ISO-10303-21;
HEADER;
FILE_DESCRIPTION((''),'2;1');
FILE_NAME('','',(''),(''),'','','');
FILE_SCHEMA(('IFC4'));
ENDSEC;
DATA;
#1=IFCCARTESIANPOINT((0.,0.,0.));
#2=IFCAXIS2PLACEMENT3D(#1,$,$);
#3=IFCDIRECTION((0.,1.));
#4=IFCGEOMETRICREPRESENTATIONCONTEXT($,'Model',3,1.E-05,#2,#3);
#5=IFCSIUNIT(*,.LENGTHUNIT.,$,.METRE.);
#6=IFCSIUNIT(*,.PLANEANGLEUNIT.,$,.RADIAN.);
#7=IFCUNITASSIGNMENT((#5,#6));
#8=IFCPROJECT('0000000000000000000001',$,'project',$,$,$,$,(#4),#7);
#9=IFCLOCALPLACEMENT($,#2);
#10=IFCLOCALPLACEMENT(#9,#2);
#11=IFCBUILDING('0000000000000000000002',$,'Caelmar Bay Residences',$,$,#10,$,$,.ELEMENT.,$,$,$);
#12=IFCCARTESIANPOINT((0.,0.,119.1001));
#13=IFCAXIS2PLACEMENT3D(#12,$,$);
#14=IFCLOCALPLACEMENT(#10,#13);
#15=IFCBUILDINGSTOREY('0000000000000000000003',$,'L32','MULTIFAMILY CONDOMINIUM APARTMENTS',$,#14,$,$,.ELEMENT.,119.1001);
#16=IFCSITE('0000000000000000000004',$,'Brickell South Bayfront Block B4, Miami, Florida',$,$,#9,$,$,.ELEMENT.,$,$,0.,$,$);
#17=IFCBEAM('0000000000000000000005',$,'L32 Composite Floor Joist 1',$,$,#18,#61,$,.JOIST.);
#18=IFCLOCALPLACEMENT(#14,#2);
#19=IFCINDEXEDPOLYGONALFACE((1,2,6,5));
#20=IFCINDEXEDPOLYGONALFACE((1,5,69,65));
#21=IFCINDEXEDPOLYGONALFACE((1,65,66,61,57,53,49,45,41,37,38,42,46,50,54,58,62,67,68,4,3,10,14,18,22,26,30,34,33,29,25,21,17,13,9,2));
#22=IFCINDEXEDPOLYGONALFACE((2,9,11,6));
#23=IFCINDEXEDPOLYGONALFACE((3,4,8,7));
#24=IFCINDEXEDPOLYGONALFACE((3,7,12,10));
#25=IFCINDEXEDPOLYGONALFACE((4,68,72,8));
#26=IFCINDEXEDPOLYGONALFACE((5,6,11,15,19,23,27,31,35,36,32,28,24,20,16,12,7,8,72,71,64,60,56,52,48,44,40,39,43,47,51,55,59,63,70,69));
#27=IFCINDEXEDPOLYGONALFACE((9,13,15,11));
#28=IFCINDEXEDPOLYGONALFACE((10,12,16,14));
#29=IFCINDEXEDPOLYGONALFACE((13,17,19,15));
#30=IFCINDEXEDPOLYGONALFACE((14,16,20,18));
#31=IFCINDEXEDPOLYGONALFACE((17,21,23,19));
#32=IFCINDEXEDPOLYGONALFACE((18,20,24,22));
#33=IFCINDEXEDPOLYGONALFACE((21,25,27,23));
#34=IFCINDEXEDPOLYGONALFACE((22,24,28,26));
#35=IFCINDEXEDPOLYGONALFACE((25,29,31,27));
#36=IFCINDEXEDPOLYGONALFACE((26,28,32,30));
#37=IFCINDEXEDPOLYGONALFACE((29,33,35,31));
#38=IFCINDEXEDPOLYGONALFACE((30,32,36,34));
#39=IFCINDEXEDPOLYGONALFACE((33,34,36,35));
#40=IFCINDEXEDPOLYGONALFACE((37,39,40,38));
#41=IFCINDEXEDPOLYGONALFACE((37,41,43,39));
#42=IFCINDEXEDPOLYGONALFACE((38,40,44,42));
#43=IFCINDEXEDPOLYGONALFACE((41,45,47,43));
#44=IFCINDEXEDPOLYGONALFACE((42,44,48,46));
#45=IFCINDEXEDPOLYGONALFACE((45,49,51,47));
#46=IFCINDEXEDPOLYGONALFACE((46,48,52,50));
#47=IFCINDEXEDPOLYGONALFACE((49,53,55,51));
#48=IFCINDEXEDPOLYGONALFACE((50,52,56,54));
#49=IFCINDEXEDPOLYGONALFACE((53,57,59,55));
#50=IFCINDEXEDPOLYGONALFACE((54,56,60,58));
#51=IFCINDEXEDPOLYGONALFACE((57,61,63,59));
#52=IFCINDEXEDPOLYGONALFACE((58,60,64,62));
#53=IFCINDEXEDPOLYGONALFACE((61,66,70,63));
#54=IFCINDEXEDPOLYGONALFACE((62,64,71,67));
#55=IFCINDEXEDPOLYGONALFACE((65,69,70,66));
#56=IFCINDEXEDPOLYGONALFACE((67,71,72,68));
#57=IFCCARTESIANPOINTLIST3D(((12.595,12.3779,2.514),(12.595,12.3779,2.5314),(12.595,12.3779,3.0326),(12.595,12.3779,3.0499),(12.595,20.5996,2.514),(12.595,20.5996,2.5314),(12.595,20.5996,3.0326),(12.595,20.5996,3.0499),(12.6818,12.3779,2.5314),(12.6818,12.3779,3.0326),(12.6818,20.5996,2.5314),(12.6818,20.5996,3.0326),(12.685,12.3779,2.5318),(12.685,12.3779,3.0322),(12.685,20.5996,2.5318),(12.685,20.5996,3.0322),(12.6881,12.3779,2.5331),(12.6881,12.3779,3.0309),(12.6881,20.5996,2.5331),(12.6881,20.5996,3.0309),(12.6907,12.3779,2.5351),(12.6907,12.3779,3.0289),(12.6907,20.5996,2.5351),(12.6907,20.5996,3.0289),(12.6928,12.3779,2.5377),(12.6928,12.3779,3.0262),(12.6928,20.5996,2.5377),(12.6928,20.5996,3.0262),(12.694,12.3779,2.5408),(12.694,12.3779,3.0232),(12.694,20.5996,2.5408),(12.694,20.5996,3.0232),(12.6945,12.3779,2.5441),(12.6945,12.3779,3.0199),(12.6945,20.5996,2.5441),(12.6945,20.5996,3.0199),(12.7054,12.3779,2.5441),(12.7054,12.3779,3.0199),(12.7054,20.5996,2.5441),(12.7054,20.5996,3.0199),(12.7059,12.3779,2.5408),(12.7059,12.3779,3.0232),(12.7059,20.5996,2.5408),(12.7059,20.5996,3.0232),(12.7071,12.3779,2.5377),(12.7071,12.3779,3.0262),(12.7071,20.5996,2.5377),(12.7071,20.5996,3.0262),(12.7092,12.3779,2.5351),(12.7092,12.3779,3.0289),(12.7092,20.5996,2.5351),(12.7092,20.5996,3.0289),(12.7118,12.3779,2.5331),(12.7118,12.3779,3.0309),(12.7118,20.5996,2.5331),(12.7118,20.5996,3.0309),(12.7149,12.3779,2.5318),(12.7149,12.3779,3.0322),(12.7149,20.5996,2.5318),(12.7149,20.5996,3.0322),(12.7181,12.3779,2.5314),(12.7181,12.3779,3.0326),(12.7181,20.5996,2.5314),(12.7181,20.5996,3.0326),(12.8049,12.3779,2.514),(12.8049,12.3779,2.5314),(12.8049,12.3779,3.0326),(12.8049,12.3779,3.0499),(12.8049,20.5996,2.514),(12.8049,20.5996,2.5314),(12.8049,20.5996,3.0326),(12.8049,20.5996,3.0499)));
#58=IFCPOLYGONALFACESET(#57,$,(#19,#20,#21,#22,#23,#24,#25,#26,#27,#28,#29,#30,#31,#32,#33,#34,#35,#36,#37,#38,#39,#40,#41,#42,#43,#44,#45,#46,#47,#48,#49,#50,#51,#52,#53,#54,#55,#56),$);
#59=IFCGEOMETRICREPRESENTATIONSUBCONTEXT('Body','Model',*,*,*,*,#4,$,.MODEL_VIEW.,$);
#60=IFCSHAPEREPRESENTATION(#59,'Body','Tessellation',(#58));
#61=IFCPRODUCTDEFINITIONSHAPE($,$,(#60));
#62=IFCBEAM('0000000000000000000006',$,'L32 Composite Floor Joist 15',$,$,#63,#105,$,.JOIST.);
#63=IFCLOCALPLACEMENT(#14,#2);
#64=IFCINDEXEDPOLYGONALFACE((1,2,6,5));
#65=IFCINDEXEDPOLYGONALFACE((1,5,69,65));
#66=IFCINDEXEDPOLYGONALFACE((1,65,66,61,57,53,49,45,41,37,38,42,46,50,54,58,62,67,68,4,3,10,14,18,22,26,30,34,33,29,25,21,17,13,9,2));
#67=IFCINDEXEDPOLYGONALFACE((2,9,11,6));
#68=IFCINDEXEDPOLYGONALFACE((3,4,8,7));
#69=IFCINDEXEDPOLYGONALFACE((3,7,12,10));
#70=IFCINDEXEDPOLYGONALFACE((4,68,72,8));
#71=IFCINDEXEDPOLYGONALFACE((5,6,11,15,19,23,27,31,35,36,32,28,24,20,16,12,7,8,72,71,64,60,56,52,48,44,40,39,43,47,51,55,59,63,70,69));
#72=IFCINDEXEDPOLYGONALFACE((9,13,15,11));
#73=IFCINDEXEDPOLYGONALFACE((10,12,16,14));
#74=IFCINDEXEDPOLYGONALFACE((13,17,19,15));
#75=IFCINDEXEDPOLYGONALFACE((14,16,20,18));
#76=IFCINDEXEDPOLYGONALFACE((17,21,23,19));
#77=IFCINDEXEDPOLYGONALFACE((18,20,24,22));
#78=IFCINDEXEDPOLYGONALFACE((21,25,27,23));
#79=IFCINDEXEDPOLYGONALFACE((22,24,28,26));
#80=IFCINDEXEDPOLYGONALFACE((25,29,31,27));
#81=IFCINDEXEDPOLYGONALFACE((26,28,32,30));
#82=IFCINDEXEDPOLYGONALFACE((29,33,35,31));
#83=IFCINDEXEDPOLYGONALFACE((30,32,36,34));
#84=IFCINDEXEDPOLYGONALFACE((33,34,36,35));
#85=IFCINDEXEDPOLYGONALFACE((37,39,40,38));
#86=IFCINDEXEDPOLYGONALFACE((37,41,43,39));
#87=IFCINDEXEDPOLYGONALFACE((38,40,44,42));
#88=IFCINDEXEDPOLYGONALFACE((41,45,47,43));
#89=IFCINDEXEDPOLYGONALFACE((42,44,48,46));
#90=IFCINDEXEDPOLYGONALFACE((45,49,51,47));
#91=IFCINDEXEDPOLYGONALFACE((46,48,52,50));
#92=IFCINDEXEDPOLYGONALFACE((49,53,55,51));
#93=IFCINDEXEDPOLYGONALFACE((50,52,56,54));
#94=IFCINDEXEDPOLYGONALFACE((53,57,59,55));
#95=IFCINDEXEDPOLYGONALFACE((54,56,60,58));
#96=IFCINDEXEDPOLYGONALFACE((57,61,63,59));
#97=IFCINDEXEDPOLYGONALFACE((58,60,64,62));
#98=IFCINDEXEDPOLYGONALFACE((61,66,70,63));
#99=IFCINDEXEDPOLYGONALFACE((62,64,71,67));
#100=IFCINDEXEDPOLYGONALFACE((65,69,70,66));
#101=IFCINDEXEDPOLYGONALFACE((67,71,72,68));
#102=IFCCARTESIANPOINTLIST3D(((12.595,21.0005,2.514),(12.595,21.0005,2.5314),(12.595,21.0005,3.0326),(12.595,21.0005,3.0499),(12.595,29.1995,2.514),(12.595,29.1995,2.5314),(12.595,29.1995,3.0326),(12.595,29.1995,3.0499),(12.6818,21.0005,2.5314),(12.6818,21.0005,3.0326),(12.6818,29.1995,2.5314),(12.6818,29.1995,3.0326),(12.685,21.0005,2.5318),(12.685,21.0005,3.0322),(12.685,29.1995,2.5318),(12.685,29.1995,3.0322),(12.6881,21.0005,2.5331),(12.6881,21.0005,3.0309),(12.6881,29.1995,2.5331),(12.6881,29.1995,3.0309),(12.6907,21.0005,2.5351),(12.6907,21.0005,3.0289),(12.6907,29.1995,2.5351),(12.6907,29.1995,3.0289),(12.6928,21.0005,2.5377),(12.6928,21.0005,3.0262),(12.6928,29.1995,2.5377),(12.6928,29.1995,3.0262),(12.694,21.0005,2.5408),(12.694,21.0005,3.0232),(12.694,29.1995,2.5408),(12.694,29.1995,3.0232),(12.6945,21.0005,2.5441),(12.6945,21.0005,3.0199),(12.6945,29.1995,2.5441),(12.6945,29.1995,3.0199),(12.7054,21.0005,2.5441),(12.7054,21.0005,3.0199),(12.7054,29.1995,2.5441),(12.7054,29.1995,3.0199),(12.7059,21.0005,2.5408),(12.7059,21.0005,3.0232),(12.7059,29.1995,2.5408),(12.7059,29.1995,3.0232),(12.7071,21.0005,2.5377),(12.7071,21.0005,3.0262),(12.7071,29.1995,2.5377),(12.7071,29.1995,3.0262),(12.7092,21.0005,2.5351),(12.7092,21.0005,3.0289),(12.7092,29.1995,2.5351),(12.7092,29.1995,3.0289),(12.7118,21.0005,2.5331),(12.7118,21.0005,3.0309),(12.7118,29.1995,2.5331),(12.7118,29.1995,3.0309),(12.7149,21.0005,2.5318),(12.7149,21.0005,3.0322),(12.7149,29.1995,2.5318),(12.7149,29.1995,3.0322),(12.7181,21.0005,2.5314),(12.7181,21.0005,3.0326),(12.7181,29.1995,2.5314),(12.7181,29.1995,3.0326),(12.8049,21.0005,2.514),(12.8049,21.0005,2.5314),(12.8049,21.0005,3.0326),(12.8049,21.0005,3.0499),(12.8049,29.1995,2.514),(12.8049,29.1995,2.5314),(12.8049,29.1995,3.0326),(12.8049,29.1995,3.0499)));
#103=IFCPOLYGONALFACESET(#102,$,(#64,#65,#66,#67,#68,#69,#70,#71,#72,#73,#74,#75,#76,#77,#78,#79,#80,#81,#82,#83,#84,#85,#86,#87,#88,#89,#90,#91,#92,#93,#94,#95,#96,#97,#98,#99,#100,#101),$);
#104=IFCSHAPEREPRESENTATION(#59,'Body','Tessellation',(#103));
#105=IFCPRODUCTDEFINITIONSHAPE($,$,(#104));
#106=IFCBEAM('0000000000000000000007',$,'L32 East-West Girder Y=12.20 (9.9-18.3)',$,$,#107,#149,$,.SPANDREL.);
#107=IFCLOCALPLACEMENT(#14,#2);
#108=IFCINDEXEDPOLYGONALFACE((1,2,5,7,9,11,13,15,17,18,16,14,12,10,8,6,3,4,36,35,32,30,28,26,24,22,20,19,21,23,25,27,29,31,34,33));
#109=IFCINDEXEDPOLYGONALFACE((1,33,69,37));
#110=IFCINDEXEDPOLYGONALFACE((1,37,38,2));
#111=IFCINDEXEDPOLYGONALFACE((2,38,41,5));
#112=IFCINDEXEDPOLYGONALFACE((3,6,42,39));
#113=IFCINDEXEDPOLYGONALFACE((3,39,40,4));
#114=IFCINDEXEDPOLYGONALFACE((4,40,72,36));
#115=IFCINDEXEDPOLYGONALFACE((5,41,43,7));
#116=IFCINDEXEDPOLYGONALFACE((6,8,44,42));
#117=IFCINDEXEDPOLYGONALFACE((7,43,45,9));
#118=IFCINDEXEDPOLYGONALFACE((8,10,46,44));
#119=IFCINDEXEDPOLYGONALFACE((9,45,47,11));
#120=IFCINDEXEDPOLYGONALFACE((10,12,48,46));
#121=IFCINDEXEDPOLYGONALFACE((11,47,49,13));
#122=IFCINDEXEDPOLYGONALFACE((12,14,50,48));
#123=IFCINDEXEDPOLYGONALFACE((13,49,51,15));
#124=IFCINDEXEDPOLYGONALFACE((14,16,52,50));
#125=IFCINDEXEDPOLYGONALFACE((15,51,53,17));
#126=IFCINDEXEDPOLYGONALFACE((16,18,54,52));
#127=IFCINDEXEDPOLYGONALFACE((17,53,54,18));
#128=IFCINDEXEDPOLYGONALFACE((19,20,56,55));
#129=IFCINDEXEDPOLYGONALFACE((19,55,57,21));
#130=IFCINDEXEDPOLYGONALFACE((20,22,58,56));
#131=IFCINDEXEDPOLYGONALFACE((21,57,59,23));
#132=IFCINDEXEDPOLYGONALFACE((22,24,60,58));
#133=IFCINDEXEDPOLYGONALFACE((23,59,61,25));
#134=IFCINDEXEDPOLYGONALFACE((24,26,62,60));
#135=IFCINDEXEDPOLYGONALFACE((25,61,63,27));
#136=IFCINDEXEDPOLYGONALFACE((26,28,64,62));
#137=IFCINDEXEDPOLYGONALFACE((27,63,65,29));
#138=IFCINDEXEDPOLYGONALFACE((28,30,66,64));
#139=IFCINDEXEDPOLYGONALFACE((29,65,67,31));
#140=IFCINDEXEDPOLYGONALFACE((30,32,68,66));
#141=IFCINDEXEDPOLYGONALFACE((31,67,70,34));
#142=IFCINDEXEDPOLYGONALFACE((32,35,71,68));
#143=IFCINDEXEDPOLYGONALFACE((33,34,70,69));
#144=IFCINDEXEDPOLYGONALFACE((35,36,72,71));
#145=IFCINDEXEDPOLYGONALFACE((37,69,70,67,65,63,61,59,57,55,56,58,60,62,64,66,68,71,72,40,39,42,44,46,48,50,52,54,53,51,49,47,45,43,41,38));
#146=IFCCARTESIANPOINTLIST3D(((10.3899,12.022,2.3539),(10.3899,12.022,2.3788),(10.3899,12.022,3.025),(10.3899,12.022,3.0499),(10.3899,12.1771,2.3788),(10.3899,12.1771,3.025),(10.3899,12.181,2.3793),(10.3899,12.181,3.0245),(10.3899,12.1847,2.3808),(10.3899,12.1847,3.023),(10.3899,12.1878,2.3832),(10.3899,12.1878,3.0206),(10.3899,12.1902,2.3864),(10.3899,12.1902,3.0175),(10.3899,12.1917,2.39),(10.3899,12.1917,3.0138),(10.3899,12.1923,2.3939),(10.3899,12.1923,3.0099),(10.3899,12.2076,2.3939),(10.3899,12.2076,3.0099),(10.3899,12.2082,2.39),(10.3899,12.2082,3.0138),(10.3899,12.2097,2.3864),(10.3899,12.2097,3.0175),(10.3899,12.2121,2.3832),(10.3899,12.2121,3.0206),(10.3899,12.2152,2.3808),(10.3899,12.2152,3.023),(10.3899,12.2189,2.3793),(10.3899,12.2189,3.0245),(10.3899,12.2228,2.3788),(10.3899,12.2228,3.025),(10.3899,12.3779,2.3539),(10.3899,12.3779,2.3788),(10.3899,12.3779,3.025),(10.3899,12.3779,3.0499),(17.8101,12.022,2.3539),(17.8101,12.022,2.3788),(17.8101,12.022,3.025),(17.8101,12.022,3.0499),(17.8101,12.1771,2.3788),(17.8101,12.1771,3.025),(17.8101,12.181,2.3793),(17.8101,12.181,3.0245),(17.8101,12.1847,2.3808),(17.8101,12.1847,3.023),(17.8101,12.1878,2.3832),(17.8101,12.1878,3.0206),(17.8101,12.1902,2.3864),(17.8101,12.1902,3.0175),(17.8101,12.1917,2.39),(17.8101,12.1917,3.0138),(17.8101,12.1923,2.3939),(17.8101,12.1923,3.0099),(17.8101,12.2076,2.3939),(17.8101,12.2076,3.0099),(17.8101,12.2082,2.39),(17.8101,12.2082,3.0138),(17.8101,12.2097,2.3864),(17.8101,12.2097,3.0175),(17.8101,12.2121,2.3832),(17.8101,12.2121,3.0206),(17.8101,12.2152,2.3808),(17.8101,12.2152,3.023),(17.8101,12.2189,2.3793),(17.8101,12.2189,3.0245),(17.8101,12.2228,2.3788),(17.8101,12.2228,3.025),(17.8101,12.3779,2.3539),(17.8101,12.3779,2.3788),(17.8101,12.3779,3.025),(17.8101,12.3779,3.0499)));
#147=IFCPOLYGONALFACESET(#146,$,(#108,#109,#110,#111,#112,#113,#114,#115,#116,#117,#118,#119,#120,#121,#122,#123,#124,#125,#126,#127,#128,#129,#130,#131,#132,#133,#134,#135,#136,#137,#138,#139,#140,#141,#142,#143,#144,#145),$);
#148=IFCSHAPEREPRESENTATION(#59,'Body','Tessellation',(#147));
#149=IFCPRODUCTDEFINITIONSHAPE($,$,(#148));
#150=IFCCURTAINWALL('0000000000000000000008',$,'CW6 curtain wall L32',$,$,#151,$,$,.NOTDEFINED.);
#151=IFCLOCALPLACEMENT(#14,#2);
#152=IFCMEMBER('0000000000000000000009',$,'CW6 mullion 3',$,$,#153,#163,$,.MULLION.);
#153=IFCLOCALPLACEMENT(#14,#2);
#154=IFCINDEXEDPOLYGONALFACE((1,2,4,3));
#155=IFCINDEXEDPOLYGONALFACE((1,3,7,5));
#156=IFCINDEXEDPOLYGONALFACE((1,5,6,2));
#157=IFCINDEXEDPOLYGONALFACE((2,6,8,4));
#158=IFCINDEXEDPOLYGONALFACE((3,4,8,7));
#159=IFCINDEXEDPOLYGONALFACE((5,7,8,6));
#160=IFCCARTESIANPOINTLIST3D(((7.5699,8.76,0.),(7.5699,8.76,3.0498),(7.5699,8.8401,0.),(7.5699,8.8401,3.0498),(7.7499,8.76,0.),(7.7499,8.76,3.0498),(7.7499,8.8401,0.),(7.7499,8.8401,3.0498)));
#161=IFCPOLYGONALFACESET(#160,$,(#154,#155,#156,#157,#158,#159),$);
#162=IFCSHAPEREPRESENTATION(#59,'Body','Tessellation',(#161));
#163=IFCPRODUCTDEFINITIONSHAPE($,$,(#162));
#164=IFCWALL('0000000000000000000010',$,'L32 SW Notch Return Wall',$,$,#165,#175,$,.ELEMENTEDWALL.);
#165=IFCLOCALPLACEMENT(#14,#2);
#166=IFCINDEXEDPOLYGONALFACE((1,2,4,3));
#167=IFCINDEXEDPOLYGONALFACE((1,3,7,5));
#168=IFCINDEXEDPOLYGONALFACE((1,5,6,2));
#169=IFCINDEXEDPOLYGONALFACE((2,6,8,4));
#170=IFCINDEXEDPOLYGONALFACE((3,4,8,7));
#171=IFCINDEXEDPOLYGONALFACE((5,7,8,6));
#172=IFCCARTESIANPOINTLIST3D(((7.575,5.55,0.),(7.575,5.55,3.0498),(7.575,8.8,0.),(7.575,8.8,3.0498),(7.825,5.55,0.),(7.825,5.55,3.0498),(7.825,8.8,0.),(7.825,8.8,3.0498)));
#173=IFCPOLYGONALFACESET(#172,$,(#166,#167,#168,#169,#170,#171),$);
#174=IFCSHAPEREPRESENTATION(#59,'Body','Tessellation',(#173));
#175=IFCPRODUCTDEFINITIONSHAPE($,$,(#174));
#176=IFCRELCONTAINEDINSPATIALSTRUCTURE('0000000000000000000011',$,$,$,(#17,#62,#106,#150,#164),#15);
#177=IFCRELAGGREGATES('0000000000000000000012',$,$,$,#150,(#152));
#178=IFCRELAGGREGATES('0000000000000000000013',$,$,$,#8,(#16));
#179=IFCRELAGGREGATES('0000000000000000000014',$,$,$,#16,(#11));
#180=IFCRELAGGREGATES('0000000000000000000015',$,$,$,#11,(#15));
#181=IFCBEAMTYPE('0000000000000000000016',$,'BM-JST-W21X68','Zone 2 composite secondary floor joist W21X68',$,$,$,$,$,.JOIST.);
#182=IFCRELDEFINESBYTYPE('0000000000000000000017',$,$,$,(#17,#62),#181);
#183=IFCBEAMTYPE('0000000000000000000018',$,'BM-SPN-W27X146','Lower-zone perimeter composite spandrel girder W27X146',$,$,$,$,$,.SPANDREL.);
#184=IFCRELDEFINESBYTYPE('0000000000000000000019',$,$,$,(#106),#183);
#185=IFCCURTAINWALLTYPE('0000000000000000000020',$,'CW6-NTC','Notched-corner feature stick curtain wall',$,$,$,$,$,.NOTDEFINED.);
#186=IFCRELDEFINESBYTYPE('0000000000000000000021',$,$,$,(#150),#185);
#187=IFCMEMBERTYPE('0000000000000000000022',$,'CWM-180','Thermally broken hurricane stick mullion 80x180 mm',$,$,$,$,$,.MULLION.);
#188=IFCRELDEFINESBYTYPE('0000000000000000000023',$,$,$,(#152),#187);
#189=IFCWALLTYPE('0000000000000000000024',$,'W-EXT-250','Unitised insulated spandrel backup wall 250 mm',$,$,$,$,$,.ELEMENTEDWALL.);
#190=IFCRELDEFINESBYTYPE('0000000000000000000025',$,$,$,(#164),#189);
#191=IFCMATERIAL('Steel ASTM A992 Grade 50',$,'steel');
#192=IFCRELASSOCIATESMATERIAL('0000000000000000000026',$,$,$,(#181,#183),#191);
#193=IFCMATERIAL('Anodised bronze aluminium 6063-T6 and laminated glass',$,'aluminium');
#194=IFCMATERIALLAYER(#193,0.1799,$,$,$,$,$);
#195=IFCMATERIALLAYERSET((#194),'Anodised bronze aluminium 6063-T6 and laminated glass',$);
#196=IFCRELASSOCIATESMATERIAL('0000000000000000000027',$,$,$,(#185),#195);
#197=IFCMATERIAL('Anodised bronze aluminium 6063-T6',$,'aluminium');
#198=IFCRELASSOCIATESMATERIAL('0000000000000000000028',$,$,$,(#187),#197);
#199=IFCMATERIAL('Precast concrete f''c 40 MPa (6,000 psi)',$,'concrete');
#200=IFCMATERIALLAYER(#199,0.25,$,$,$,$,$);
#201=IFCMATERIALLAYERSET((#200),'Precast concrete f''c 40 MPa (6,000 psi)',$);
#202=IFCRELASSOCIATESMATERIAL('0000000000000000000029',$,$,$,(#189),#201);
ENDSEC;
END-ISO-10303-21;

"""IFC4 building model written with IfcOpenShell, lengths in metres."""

from ifc_helpers import new_model, si_unit, direction, frame, frame_2d, origin, origin_2d, place, context, subcontext, project, spatial, rectangle, i_section, extrude, material, layer, layer_set, material_profile, profile_set, type_object, element, aggregate, save


model = new_model("IFC4")

# Units and contexts
model_context = context("Model", 3, precision=1e-05, world=origin(), true_north=direction((0.0, 1.0)))
body_context = subcontext(model_context, "Body", "Model", "MODEL_VIEW")
ifc_project = project(units=[si_unit("LENGTHUNIT", "METRE"), si_unit("PLANEANGLEUNIT", "RADIAN")], contexts=[model_context])

# Site, building, storey
site_placement = place(None, origin())
site = spatial("IfcSite", under=ifc_project, at=site_placement, Name="Brickell South Bayfront Block B4, Miami, Florida", CompositionType="ELEMENT", RefElevation=0.0)
building_placement = place(site_placement, origin())
building = spatial("IfcBuilding", under=site, at=building_placement, Name="Caelmar Bay Residences", CompositionType="ELEMENT")
storey_placement = place(building_placement, frame((0.0, 0.0, 119.1001)))
storey = spatial("IfcBuildingStorey", under=building, at=storey_placement, Name="L32", Description="MULTIFAMILY CONDOMINIUM APARTMENTS", CompositionType="ELEMENT", Elevation=119.1001)

# Beams
ifc_material_1 = material(Name="Steel ASTM A992 Grade 50", Category="steel")
ifc_material_profile_1 = material_profile(ifc_material_1, i_section(OverallWidth=0.21, OverallDepth=0.5359, WebThickness=0.011, FlangeThickness=0.0173, FilletRadius=0.0127, at=origin_2d()), Name="W21X68")
ifc_profile_set_1 = profile_set([ifc_material_profile_1], Name="Steel ASTM A992 Grade 50")
beam_type_1 = type_object("IfcBeamType", Name="BM-JST-W21X68", Description="Zone 2 composite secondary floor joist W21X68", PredefinedType="JOIST", material=ifc_profile_set_1)
beam_1_placement = place(storey_placement, frame((12.7, 12.3779, 2.782), z_axis=(0.0, 1.0, 0.0), x_axis=(-1.0, 0.0, 0.0)))
element("IfcBeam", 1, at=beam_1_placement, inside=storey, type_object=beam_type_1, Name="L32 Composite Floor Joist 1", PredefinedType="JOIST", context=body_context, shape_type="SweptSolid", body=[
    extrude(i_section(OverallWidth=0.21, OverallDepth=0.5359, WebThickness=0.011, FlangeThickness=0.0173, FilletRadius=0.0127, at=origin_2d()), origin(), (0.0, 0.0, 1.0), 8.2217),
])
beam_2_placement = place(storey_placement, frame((12.7, 21.0005, 2.782), z_axis=(0.0, 1.0, 0.0), x_axis=(-1.0, 0.0, 0.0)))
element("IfcBeam", 2, at=beam_2_placement, inside=storey, type_object=beam_type_1, Name="L32 Composite Floor Joist 15", PredefinedType="JOIST", context=body_context, shape_type="SweptSolid", body=[
    extrude(i_section(OverallWidth=0.21, OverallDepth=0.5359, WebThickness=0.011, FlangeThickness=0.0173, FilletRadius=0.0127, at=origin_2d()), origin(), (0.0, 0.0, 1.0), 8.199),
])
ifc_material_profile_2 = material_profile(ifc_material_1, i_section(OverallWidth=0.356, OverallDepth=0.696, WebThickness=0.0154, FlangeThickness=0.0249, FilletRadius=0.0151, at=origin_2d()), Name="W27X146")
ifc_profile_set_2 = profile_set([ifc_material_profile_2], Name="Steel ASTM A992 Grade 50")
beam_type_2 = type_object("IfcBeamType", Name="BM-SPN-W27X146", Description="Lower-zone perimeter composite spandrel girder W27X146", PredefinedType="SPANDREL", material=ifc_profile_set_2)
beam_3_placement = place(storey_placement, frame((10.3899, 12.2, 2.7019), z_axis=(1.0, 0.0, 0.0), x_axis=(0.0, 1.0, 0.0)))
element("IfcBeam", 3, at=beam_3_placement, inside=storey, type_object=beam_type_2, Name="L32 East-West Girder Y=12.20 (9.9-18.3)", PredefinedType="SPANDREL", context=body_context, shape_type="SweptSolid", body=[
    extrude(i_section(OverallWidth=0.356, OverallDepth=0.696, WebThickness=0.0154, FlangeThickness=0.0249, FilletRadius=0.0151, at=origin_2d()), origin(), (0.0, 0.0, 1.0), 7.4202),
])

# Curtain wall, member
ifc_material_2 = material(Name="Anodised bronze aluminium 6063-T6 and laminated glass", Category="aluminium")
ifc_layer_1 = layer(ifc_material_2, 0.1799)
ifc_layer_set_1 = layer_set([ifc_layer_1], Name="Anodised bronze aluminium 6063-T6 and laminated glass")
curtain_wall_type = type_object("IfcCurtainWallType", Name="CW6-NTC", Description="Notched-corner feature stick curtain wall", PredefinedType="NOTDEFINED", material=ifc_layer_set_1)
curtain_wall_placement = place(storey_placement, origin())
curtain_wall = element("IfcCurtainWall", 4, at=curtain_wall_placement, inside=storey, type_object=curtain_wall_type, Name="CW6 curtain wall L32", PredefinedType="NOTDEFINED")
ifc_material_3 = material(Name="Anodised bronze aluminium 6063-T6", Category="aluminium")
ifc_material_profile_3 = material_profile(ifc_material_3, rectangle(XDim=0.0801, YDim=0.1799, at=origin_2d()), Name="CWM-80X180")
ifc_profile_set_3 = profile_set([ifc_material_profile_3], Name="Anodised bronze aluminium 6063-T6")
member_type = type_object("IfcMemberType", Name="CWM-180", Description="Thermally broken hurricane stick mullion 80x180 mm", PredefinedType="MULLION", material=ifc_profile_set_3)
member_placement = place(storey_placement, frame((7.6599, 8.8, 0.0), z_axis=(0.0, 0.0, 1.0), x_axis=(0.0, 1.0, 0.0)))
member = element("IfcMember", 5, at=member_placement, type_object=member_type, Name="CW6 mullion 3", PredefinedType="MULLION", context=body_context, shape_type="SweptSolid", body=[
    extrude(rectangle(XDim=0.0801, YDim=0.1799, at=origin_2d()), origin(), (0.0, 0.0, 1.0), 3.0498),
])
aggregate(curtain_wall, [member])

# Wall
ifc_material_4 = material(Name="Precast concrete f'c 40 MPa (6,000 psi)", Category="concrete")
ifc_layer_2 = layer(ifc_material_4, 0.25)
ifc_layer_set_2 = layer_set([ifc_layer_2], Name="Precast concrete f'c 40 MPa (6,000 psi)")
wall_type_1 = type_object("IfcWallType", Name="W-EXT-250", Description="Unitised insulated spandrel backup wall 250 mm", PredefinedType="ELEMENTEDWALL", material=ifc_layer_set_2)
wall_1_placement = place(storey_placement, frame((7.7, 8.8, 0.0), z_axis=(0.0, 0.0, 1.0), x_axis=(0.0, -1.0, 0.0)))
element("IfcWall", 6, at=wall_1_placement, inside=storey, type_object=wall_type_1, Name="L32 SW Notch Return Wall", PredefinedType="ELEMENTEDWALL", context=body_context, shape_type="SweptSolid", body=[
    extrude(rectangle(XDim=3.25, YDim=0.25, at=frame_2d((1.625, 0.0))), origin(), (0.0, 0.0, 1.0), 3.0498),
])

save(model, "model.ifc")
